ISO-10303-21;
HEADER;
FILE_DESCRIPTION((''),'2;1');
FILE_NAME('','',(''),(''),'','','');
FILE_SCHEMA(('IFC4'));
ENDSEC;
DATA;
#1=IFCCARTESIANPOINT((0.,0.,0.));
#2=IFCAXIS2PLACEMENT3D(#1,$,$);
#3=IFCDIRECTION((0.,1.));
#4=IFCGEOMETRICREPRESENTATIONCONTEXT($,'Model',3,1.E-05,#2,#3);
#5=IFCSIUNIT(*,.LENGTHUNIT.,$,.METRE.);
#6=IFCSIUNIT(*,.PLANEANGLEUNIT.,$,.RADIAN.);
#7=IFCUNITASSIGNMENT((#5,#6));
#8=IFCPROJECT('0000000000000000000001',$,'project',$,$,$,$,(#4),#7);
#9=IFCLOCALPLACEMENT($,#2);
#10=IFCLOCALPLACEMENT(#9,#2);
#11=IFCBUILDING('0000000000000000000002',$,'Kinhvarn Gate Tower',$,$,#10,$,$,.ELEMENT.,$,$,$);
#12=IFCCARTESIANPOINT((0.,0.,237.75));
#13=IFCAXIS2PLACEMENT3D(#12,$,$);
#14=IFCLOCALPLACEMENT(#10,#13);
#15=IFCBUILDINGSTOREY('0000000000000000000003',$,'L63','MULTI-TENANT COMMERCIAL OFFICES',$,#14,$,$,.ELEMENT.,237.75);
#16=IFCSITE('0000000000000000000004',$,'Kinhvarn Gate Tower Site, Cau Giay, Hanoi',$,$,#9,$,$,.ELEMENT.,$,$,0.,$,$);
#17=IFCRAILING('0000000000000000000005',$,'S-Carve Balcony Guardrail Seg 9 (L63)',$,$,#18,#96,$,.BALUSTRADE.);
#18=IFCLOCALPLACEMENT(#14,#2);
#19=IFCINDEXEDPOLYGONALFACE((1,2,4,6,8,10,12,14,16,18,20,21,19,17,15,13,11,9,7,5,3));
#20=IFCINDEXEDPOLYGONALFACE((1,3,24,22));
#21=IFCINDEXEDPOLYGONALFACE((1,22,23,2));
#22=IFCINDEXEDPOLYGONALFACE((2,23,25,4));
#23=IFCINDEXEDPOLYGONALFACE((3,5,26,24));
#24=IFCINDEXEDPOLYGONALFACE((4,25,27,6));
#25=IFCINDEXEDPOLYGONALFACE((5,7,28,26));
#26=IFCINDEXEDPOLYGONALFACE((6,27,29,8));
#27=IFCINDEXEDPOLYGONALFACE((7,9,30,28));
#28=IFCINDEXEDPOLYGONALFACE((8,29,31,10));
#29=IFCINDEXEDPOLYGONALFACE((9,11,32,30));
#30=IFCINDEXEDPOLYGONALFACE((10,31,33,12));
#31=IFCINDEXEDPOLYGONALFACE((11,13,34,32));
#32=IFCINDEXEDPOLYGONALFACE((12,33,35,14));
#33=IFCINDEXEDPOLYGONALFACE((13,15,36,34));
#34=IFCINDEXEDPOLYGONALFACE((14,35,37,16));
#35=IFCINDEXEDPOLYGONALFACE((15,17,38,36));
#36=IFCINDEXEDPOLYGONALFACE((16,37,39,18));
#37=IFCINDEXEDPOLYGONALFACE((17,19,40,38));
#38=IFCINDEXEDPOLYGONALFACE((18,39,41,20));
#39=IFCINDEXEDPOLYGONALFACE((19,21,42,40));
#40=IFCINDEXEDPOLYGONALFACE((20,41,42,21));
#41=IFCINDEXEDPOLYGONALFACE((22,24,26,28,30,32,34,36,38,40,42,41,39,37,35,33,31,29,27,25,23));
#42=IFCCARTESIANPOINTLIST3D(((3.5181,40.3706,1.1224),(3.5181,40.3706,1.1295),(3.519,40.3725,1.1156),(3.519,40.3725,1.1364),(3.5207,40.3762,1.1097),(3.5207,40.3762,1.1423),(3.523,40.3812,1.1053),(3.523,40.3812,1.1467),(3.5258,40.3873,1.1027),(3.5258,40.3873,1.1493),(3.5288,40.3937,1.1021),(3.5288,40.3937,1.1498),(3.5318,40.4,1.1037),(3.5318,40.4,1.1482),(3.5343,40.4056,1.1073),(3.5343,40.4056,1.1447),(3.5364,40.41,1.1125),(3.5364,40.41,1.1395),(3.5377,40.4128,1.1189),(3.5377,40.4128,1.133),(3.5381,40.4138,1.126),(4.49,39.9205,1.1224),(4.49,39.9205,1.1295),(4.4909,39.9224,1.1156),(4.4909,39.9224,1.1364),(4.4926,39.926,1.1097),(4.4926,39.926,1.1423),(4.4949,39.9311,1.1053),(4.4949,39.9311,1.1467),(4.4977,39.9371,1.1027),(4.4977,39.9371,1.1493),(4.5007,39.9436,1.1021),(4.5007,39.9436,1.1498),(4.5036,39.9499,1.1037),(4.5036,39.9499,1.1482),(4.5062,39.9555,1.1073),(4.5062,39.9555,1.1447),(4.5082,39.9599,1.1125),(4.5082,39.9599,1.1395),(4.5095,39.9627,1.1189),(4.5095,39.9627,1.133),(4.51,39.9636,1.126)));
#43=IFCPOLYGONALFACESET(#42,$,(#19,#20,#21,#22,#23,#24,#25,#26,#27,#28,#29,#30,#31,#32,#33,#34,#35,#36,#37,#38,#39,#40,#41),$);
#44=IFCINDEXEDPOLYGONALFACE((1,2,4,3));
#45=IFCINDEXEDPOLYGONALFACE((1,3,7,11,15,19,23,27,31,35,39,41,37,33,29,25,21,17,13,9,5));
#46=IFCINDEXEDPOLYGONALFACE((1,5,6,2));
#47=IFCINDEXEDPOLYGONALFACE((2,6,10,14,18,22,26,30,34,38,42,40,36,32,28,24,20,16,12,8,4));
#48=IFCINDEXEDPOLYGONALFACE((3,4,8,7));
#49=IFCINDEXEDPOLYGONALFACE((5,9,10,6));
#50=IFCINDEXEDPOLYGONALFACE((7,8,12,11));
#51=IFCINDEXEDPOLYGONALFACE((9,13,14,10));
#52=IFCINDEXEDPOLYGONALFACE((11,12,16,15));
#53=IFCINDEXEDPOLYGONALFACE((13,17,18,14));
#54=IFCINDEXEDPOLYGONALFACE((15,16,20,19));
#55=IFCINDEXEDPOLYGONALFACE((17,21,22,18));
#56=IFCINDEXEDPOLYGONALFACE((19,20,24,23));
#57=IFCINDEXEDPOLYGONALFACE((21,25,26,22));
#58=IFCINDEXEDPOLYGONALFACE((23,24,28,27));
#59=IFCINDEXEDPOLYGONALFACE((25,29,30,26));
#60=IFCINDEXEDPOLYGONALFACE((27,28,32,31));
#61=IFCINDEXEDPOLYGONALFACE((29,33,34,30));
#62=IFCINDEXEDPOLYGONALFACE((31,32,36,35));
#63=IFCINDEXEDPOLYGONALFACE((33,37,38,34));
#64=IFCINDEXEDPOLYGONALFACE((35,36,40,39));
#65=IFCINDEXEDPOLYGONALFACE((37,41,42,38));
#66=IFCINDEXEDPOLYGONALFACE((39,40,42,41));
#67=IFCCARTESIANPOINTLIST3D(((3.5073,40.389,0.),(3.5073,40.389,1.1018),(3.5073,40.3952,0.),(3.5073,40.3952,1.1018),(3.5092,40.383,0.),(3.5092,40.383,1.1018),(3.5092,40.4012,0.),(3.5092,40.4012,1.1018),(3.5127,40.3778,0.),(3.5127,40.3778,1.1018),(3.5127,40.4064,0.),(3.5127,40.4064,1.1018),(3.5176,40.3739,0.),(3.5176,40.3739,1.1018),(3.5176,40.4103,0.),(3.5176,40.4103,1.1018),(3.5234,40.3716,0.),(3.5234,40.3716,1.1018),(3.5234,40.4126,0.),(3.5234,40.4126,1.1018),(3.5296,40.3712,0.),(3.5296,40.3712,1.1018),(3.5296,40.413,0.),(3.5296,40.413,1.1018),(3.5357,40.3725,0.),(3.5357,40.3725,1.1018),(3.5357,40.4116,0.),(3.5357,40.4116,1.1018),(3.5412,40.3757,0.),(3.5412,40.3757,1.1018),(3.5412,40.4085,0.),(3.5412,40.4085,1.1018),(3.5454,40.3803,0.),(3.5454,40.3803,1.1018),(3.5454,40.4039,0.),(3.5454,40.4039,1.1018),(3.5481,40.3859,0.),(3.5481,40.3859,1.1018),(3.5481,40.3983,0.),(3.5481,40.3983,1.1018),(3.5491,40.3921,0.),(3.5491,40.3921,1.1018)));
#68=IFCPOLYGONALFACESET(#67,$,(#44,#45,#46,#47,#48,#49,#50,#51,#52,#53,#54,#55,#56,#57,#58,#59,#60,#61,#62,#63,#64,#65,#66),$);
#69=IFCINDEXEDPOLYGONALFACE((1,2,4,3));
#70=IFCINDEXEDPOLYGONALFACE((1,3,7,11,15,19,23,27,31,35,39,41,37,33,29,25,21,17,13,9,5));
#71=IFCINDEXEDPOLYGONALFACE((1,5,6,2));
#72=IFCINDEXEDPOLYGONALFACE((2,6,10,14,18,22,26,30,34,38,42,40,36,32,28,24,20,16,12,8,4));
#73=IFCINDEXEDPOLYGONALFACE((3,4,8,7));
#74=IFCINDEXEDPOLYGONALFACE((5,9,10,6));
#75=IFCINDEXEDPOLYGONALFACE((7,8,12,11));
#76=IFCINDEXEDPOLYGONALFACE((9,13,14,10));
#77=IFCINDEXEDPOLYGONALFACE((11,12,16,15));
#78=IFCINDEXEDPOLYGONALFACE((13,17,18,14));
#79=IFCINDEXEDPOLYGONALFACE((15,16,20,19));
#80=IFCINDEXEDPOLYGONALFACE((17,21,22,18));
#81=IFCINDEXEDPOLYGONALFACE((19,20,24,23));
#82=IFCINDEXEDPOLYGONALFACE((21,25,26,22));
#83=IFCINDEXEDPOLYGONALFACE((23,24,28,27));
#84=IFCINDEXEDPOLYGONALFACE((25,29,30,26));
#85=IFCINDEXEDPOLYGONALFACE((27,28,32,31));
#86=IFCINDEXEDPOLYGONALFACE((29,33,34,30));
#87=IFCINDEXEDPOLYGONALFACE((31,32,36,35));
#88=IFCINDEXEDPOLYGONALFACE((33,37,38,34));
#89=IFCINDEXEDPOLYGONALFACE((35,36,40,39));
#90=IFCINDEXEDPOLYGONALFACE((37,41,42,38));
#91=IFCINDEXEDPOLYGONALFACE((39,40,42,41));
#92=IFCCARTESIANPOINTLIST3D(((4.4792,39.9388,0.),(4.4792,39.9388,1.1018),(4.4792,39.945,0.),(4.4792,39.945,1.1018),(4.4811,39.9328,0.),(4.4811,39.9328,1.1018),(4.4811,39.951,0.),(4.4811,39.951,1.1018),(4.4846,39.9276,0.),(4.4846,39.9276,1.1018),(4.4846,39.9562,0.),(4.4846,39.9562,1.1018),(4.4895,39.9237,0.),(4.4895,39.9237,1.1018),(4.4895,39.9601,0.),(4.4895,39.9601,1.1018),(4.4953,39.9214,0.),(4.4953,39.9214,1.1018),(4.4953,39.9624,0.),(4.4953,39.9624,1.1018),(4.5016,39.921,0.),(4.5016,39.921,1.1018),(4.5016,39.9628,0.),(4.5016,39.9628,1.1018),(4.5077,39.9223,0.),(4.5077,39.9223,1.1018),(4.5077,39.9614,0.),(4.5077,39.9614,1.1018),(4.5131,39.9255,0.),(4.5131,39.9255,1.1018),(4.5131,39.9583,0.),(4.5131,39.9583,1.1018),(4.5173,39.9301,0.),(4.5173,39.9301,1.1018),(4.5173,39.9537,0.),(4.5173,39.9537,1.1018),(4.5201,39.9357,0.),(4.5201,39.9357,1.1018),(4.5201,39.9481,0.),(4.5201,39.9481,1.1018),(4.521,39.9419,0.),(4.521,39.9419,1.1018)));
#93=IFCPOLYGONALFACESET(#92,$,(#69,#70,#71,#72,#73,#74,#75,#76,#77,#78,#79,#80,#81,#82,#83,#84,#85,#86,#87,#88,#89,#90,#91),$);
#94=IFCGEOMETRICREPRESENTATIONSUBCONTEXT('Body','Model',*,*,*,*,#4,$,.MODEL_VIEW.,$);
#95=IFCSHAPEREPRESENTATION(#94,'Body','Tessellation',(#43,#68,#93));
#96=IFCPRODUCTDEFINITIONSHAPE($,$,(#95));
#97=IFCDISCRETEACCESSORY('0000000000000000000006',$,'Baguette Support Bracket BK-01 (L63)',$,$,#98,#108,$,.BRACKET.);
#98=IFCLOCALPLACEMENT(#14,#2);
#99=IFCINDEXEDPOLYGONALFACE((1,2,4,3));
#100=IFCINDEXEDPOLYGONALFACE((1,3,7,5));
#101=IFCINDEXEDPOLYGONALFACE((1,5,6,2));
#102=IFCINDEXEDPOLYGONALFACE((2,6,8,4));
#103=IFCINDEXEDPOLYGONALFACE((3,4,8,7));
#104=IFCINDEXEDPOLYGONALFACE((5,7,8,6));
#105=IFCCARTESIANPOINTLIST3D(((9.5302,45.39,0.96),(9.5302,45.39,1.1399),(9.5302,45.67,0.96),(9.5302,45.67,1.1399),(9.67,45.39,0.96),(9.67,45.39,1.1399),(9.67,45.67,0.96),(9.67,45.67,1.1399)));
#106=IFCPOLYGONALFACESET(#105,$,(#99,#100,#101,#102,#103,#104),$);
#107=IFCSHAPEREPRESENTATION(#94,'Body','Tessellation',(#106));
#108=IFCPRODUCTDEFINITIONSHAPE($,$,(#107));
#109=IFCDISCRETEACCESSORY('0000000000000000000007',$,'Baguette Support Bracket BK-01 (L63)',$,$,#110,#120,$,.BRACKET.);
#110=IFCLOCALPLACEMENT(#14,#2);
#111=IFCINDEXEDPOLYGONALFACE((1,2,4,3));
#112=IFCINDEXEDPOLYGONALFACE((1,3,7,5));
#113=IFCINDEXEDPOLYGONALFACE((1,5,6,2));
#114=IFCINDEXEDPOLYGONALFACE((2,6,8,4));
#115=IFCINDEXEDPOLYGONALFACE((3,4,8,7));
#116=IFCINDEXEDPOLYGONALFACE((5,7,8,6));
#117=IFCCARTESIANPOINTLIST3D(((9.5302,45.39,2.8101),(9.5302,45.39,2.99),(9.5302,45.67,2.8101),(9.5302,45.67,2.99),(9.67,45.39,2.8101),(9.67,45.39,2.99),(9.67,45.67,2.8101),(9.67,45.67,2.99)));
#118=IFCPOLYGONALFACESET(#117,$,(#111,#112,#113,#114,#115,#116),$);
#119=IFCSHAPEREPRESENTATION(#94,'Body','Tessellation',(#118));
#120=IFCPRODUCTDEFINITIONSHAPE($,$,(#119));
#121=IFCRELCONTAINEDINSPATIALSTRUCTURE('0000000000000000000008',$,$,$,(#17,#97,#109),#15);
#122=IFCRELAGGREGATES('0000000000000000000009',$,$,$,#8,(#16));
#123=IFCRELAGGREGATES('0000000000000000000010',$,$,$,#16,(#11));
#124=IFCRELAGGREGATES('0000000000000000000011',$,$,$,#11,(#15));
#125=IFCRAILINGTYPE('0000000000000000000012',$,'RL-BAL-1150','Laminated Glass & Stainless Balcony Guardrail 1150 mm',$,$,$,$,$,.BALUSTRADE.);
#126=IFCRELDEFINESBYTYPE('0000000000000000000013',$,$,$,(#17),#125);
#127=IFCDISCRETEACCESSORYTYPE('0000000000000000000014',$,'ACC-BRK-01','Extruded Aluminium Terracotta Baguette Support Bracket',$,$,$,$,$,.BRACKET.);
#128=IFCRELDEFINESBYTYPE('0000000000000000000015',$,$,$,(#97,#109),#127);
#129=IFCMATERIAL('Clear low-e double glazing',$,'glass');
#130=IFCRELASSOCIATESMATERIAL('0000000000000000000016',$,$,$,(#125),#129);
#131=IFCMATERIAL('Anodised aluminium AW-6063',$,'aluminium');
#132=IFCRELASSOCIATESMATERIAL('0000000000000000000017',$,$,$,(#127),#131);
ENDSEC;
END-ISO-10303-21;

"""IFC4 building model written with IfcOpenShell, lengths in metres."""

from ifc_helpers import new_model, si_unit, direction, frame, origin, origin_2d, place, context, subcontext, project, spatial, rectangle, circle, extrude, material, type_object, element, save


model = new_model("IFC4")

# Units and contexts
model_context = context("Model", 3, precision=1e-05, world=origin(), true_north=direction((0.0, 1.0)))
body_context = subcontext(model_context, "Body", "Model", "MODEL_VIEW")
ifc_project = project(units=[si_unit("LENGTHUNIT", "METRE"), si_unit("PLANEANGLEUNIT", "RADIAN")], contexts=[model_context])

# Site, building, storey
site_placement = place(None, origin())
site = spatial("IfcSite", under=ifc_project, at=site_placement, Name="Kinhvarn Gate Tower Site, Cau Giay, Hanoi", CompositionType="ELEMENT", RefElevation=0.0)
building_placement = place(site_placement, origin())
building = spatial("IfcBuilding", under=site, at=building_placement, Name="Kinhvarn Gate Tower", CompositionType="ELEMENT")
storey_placement = place(building_placement, frame((0.0, 0.0, 237.75)))
storey = spatial("IfcBuildingStorey", under=building, at=storey_placement, Name="L63", Description="MULTI-TENANT COMMERCIAL OFFICES", CompositionType="ELEMENT", Elevation=237.75)

# Shared definitions
ifc_material_1 = material(Name="Anodised aluminium AW-6063", Category="aluminium")

# Shared definitions
ifc_material_2 = material(Name="Clear low-e double glazing", Category="glass")

# Railing
railing_type = type_object("IfcRailingType", Name="RL-BAL-1150", Description="Laminated Glass & Stainless Balcony Guardrail 1150 mm", PredefinedType="BALUSTRADE", material=ifc_material_2)
railing_1_placement = place(storey_placement, frame((3.5281, 40.3921, 0.0)))
element("IfcRailing", 1, at=railing_1_placement, inside=storey, type_object=railing_type, Name="S-Carve Balcony Guardrail Seg 9 (L63)", PredefinedType="BALUSTRADE", context=body_context, shape_type="SweptSolid", body=[
    extrude(circle(Radius=0.0239, at=origin_2d()), frame((0.0, 0.0, 1.126), z_axis=(0.907385, -0.420301, 0.0), x_axis=(0.420301, 0.907385, 0.0)), (0.0, 0.0, 1.0), 1.071),
    extrude(circle(Radius=0.021, at=origin_2d()), origin(), (0.0, 0.0, 1.0), 1.1018),
    extrude(circle(Radius=0.021, at=origin_2d()), frame((0.9719, -0.4502, 0.0)), (0.0, 0.0, 1.0), 1.1018),
])

# Discrete accessories
discrete_accessory_type = type_object("IfcDiscreteAccessoryType", Name="ACC-BRK-01", Description="Extruded Aluminium Terracotta Baguette Support Bracket", PredefinedType="BRACKET", material=ifc_material_1)
for number, where, z_axis, x_axis, name in (
    (2, (9.6001, 45.53, 0.96), (0.0, 0.0, 1.0), (-1.0, 0.0, 0.0), "Baguette Support Bracket BK-01 (L63)"),
    (3, (9.6001, 45.53, 2.8101), (0.0, 0.0, 1.0), (-1.0, 0.0, 0.0), "Baguette Support Bracket BK-01 (L63)"),
):
    element("IfcDiscreteAccessory", number, at=place(storey_placement, frame(where, z_axis=z_axis, x_axis=x_axis)), inside=storey, type_object=discrete_accessory_type, Name=name, PredefinedType="BRACKET", context=body_context, shape_type="SweptSolid", body=[
        extrude(rectangle(XDim=0.1399, YDim=0.28, at=origin_2d()), origin(), (0.0, 0.0, 1.0), 0.1799),
    ])

save(model, "model.ifc")
